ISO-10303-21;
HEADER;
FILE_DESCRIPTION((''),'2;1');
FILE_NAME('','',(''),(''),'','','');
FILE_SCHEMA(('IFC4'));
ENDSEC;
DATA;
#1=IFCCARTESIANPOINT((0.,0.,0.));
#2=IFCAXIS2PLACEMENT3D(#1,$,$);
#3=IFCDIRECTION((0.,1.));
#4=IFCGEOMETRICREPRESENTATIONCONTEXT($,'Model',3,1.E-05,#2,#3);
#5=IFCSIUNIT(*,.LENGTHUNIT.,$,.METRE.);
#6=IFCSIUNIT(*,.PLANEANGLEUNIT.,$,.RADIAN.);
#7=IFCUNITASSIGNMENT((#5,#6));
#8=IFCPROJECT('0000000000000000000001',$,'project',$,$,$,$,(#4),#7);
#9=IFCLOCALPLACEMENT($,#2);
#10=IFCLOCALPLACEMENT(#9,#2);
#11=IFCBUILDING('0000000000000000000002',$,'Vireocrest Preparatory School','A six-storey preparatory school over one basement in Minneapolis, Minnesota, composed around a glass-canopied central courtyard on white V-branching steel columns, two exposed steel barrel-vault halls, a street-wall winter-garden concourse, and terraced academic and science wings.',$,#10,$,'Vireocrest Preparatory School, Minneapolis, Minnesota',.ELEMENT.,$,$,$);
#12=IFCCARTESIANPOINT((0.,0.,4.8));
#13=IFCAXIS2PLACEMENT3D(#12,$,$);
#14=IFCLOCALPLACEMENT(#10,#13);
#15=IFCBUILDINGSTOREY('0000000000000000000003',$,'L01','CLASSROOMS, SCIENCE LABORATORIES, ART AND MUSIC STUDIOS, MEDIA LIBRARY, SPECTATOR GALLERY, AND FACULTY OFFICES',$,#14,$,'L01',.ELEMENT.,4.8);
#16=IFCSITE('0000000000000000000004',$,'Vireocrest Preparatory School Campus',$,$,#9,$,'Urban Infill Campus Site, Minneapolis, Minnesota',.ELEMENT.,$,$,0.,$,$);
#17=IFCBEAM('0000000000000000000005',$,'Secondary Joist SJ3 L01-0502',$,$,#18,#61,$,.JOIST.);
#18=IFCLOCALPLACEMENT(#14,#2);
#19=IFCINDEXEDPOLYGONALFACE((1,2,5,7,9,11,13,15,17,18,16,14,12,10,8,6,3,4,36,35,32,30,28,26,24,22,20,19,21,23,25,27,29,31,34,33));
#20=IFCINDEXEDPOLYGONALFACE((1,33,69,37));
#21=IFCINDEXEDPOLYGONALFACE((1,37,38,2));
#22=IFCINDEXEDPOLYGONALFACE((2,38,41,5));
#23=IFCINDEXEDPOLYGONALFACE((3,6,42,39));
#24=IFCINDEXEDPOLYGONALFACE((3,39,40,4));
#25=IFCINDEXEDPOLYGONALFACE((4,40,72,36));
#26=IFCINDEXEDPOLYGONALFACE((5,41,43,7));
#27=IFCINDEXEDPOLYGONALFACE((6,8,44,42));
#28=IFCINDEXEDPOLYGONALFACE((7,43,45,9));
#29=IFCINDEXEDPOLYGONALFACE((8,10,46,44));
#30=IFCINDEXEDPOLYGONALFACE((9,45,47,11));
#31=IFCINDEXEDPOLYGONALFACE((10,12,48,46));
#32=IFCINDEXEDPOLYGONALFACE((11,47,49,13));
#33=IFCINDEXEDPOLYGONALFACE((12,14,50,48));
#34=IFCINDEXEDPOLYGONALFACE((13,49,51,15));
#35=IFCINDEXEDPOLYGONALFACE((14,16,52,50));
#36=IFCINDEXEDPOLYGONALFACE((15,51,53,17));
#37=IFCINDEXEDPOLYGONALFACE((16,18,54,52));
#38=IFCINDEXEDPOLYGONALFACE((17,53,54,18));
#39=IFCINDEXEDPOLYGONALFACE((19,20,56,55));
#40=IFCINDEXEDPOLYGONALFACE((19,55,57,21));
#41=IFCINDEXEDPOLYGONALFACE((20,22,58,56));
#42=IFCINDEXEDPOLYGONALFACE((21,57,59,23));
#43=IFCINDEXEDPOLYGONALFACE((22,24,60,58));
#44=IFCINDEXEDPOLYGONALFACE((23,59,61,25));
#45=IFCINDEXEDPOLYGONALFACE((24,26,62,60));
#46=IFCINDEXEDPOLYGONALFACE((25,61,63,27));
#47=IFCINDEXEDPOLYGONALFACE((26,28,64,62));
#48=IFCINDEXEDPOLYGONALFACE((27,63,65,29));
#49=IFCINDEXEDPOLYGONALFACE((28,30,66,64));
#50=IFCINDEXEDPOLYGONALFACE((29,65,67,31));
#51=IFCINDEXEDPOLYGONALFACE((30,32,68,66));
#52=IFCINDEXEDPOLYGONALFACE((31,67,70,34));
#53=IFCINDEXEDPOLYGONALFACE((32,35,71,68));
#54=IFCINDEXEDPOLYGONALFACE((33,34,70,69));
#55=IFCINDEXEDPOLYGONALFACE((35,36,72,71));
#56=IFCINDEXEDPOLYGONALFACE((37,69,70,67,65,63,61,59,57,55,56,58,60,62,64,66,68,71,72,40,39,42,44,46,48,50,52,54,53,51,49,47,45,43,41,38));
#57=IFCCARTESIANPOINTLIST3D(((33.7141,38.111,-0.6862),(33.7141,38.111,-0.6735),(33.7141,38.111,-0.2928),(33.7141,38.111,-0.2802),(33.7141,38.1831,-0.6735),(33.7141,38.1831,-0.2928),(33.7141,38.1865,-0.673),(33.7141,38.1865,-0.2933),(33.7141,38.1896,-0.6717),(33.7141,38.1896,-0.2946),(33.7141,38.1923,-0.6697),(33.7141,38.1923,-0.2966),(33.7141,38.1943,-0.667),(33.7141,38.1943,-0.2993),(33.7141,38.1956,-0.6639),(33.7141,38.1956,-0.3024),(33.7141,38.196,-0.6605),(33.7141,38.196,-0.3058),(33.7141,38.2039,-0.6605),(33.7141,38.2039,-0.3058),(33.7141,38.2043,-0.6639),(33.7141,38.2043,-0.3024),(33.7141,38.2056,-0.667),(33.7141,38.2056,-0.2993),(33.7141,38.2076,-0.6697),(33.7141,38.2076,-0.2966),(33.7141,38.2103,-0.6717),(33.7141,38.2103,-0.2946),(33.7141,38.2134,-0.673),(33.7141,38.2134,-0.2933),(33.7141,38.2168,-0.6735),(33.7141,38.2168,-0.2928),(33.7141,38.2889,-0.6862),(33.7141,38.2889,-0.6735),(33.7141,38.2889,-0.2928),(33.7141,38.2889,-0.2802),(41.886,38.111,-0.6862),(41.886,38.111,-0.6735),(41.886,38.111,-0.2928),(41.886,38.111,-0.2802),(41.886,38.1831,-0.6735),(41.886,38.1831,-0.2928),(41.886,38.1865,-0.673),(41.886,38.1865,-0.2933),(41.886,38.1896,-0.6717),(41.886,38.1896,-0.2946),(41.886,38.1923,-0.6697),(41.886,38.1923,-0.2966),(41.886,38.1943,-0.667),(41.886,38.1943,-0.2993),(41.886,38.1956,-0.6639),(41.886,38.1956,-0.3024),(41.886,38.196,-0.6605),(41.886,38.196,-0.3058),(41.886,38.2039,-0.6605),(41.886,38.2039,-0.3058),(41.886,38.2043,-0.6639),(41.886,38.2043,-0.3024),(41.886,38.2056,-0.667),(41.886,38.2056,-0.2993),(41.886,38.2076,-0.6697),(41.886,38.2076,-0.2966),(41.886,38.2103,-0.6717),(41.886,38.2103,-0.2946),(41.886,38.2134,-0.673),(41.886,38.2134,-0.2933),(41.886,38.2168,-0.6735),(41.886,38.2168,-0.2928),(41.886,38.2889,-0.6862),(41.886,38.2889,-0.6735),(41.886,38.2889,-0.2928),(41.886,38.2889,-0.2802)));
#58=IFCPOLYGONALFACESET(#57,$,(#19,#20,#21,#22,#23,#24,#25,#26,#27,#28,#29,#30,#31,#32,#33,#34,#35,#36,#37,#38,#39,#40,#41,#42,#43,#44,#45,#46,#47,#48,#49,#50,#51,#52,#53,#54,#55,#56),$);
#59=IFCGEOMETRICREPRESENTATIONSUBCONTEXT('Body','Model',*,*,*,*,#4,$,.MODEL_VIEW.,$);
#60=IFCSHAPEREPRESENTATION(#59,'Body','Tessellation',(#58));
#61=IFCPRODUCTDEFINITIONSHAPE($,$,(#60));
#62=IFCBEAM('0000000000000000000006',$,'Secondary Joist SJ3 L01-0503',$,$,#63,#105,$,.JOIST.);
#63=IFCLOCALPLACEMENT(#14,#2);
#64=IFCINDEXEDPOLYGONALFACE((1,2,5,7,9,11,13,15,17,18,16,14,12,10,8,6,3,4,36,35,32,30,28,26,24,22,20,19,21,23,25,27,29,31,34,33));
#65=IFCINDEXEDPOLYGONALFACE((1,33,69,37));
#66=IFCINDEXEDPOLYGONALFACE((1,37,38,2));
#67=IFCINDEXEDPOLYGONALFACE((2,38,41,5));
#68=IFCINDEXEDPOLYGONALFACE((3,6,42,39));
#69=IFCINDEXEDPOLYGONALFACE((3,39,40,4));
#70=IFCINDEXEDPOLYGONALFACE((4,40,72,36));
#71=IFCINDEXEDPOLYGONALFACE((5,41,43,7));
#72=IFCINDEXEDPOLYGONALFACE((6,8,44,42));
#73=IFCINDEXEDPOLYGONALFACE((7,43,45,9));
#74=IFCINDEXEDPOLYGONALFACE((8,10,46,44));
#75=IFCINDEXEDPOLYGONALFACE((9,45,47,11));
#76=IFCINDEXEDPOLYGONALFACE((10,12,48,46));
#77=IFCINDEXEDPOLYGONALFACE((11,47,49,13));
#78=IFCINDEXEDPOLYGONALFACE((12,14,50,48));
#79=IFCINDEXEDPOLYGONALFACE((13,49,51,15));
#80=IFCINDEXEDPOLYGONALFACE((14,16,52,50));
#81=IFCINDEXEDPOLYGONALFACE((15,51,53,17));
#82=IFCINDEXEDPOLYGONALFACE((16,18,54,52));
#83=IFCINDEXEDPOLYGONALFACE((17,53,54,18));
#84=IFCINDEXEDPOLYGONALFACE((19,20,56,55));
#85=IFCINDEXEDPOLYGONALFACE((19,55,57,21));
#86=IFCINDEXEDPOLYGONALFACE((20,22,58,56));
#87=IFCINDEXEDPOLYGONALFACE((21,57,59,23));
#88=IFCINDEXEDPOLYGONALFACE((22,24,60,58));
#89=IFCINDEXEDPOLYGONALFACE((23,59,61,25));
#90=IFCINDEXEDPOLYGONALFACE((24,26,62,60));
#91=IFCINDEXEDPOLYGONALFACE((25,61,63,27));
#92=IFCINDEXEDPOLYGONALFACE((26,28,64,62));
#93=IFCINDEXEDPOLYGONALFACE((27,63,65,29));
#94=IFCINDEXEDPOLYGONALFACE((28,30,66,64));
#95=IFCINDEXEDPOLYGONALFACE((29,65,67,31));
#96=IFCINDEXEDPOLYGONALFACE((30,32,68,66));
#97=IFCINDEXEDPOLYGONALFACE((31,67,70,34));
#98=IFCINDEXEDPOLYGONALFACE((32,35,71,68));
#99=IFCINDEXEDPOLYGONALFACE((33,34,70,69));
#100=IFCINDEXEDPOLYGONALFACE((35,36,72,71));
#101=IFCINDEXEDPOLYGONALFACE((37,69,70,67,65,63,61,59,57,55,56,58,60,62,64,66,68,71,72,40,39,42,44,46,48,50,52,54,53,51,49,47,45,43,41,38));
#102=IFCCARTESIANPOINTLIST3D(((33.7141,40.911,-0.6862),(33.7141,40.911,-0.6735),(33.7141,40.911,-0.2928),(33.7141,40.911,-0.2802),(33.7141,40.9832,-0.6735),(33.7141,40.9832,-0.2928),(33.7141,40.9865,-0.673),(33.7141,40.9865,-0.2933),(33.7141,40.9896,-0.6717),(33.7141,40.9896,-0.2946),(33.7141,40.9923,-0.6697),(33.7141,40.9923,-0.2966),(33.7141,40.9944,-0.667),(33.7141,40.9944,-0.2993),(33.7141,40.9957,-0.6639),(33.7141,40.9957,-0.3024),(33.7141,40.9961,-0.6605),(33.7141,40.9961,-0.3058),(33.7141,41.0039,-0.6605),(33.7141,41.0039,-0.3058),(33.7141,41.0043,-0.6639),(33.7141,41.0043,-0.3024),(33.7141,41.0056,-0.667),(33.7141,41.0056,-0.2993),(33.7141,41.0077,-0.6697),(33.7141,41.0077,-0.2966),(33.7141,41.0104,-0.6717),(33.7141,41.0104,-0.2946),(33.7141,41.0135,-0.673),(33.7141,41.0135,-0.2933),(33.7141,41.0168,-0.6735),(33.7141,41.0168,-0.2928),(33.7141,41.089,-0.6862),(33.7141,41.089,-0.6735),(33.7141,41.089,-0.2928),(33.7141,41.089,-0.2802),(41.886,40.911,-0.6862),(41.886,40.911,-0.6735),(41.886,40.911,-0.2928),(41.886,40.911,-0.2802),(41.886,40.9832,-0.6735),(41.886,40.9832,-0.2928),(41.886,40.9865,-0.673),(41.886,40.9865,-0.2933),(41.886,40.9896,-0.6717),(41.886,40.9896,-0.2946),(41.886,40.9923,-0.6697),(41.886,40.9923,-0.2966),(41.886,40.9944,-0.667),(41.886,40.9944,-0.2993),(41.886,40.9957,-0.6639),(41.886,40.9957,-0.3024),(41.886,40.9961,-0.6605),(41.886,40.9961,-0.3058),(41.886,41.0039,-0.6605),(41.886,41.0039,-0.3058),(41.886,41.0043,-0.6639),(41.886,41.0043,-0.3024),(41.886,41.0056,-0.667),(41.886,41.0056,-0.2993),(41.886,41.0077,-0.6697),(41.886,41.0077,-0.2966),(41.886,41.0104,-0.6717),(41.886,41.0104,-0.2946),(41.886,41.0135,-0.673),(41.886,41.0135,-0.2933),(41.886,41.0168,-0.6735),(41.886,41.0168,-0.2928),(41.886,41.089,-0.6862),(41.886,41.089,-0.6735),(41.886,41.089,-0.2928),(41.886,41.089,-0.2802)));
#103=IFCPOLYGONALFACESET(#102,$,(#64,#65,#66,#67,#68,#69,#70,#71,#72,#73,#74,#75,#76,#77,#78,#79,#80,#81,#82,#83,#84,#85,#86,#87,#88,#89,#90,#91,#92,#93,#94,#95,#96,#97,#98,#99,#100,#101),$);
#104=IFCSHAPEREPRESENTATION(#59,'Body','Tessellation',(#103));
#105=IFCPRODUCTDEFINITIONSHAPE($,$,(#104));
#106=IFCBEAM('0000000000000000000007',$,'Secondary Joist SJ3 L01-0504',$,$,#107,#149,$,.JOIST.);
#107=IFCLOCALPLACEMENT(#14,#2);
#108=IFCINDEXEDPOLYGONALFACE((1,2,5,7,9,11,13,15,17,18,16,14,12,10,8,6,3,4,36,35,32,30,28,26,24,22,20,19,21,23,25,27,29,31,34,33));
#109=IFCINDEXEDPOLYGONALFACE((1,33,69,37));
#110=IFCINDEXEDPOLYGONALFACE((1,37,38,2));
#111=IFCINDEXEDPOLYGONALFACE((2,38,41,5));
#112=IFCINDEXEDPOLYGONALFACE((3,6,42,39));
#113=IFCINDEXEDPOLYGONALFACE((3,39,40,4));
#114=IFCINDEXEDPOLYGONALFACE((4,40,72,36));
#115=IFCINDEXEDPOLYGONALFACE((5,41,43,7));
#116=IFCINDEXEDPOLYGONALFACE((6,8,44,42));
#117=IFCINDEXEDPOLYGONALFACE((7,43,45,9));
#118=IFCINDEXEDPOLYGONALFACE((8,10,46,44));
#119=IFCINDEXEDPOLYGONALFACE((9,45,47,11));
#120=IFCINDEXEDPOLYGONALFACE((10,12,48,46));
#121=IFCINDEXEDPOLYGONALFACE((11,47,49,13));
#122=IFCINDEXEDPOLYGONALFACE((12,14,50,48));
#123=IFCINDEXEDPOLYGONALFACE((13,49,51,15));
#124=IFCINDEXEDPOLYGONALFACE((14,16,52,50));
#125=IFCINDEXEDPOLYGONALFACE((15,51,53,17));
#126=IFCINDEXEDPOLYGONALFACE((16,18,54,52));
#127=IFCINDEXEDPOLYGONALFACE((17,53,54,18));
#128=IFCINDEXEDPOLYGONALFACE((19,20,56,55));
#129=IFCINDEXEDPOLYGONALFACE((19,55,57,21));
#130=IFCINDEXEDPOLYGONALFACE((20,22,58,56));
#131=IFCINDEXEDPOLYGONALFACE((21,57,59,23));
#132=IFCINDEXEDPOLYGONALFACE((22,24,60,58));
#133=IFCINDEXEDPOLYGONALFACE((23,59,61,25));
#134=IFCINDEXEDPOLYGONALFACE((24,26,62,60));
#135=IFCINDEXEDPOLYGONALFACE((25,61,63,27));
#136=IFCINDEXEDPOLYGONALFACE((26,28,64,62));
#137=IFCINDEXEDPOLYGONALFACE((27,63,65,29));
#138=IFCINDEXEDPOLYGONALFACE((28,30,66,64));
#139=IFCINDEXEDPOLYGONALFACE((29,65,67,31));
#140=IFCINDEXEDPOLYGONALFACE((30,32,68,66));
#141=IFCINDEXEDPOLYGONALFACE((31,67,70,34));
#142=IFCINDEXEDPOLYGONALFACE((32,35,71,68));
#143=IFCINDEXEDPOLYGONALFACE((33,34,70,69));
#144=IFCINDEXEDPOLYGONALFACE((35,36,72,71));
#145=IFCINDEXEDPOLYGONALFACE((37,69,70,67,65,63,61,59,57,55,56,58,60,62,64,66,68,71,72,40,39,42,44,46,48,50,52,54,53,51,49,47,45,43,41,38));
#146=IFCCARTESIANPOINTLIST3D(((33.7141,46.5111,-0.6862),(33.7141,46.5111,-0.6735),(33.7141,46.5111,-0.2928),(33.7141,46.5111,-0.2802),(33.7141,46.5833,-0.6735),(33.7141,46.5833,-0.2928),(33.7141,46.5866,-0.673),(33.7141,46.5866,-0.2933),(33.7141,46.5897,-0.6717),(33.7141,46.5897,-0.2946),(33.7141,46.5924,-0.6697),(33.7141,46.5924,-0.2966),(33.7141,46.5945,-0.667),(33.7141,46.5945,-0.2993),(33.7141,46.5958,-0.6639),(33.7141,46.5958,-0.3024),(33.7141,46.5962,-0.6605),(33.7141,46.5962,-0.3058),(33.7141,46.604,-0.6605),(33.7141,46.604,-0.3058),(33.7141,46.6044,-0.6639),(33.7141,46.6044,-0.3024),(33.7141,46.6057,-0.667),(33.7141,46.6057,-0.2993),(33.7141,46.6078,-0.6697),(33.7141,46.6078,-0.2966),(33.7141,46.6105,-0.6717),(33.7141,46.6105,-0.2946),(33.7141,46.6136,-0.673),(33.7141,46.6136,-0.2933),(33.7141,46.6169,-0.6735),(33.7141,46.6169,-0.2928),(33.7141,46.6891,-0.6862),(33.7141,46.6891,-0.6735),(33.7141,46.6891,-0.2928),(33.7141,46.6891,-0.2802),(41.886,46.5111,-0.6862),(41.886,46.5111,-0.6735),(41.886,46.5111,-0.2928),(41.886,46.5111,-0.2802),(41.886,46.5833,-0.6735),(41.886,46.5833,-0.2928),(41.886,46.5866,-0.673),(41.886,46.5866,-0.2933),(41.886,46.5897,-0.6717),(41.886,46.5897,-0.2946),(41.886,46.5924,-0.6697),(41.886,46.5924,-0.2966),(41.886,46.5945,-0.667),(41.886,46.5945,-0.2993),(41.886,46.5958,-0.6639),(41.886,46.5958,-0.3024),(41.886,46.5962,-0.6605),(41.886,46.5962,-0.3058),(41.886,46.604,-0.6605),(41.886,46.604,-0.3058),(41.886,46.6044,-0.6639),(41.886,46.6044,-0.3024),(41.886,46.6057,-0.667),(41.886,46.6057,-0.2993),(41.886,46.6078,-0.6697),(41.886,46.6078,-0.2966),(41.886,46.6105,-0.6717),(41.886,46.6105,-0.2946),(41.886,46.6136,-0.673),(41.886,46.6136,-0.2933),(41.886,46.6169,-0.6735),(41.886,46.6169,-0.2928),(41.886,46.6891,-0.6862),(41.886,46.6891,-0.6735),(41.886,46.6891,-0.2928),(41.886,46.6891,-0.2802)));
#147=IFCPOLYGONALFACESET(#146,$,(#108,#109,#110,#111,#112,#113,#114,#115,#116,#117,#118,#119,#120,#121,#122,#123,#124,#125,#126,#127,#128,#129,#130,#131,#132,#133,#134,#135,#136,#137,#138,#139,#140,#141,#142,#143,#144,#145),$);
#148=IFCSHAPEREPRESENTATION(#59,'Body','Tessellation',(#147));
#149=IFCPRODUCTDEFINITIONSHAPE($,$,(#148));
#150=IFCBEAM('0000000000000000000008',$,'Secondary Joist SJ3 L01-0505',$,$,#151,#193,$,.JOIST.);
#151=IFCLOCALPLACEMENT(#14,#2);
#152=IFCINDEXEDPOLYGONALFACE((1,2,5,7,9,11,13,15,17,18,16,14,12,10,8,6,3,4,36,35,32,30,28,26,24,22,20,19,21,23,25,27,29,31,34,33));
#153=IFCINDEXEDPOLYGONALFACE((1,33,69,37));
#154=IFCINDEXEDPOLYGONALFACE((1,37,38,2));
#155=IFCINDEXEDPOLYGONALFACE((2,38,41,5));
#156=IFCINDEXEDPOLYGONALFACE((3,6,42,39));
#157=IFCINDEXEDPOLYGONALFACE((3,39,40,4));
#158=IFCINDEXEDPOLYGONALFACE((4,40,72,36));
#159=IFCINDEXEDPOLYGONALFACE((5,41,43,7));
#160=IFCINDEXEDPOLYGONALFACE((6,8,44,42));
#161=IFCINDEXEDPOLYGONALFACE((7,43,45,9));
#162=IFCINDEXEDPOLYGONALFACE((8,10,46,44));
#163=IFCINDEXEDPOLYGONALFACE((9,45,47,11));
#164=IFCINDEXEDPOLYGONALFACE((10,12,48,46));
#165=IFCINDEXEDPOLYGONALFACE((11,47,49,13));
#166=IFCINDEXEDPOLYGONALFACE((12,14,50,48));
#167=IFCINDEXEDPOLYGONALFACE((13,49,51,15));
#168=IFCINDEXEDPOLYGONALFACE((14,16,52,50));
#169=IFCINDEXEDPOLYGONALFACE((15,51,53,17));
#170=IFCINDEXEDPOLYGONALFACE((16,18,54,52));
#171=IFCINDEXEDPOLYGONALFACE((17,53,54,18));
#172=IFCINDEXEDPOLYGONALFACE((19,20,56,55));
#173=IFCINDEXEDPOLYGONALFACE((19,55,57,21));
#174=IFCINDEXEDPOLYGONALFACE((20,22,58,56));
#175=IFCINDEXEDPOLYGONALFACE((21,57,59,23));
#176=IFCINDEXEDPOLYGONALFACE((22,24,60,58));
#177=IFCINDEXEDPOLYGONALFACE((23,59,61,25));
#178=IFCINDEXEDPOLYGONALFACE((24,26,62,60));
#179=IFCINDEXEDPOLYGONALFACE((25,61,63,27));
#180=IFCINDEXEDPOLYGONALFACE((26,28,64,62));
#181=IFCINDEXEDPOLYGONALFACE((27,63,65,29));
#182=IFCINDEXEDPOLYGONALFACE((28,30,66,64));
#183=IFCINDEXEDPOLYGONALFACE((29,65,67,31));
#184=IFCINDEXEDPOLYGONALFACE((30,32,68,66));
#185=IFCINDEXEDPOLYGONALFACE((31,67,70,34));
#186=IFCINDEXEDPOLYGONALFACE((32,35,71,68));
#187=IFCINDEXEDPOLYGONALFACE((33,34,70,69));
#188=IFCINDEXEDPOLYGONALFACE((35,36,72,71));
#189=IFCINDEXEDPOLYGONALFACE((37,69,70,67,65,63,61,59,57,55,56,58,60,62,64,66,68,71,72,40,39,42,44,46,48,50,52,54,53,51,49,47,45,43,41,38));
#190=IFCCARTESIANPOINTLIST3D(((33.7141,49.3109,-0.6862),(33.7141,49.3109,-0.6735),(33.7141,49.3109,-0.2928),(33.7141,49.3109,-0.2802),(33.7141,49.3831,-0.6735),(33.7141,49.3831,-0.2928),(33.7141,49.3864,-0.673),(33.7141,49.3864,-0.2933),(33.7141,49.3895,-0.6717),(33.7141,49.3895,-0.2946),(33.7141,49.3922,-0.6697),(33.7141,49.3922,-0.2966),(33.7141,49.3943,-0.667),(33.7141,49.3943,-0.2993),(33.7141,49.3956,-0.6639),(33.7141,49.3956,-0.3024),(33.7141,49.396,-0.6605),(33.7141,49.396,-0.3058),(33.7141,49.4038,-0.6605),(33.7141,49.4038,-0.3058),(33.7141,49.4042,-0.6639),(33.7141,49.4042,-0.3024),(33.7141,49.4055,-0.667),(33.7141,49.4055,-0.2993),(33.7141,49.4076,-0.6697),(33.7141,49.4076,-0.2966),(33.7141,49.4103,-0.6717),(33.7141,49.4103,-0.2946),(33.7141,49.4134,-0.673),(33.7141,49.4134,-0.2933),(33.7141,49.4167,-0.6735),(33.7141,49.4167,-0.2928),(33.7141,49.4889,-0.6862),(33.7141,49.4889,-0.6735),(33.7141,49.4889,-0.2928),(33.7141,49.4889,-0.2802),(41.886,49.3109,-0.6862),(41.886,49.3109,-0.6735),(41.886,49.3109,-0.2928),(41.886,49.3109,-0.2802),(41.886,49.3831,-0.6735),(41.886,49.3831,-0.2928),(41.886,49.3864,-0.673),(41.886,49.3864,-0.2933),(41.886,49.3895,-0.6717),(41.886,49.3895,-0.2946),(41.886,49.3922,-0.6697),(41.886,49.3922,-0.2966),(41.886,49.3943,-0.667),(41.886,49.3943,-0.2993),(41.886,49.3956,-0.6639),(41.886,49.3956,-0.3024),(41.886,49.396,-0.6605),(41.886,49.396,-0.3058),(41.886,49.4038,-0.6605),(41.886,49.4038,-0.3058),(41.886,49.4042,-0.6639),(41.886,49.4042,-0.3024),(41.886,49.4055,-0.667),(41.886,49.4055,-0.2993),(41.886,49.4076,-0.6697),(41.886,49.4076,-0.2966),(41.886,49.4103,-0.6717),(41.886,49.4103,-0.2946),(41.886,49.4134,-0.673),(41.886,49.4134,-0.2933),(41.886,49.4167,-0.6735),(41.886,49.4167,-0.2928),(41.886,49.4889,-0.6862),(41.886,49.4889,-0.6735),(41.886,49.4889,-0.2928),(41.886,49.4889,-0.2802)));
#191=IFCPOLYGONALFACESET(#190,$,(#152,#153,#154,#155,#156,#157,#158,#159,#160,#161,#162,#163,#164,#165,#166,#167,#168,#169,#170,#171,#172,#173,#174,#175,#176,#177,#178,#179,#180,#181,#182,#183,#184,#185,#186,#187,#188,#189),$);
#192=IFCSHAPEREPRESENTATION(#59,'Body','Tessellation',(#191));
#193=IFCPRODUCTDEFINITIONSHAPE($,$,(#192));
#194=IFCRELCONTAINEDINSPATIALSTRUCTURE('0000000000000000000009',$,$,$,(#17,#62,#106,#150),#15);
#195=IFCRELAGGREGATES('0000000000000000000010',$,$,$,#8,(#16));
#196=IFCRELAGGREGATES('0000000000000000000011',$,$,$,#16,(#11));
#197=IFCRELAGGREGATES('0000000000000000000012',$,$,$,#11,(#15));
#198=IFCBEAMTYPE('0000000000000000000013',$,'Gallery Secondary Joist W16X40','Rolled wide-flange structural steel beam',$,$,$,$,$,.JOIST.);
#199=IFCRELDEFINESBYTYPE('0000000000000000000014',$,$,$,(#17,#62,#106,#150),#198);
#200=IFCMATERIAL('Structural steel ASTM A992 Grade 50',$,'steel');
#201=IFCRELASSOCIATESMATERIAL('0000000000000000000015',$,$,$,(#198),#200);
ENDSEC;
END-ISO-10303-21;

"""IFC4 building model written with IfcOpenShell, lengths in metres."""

from ifc_helpers import new_model, si_unit, direction, frame, origin, origin_2d, place, context, subcontext, project, spatial, i_section, extrude, material, material_profile, profile_set, type_object, element, save


model = new_model("IFC4")

# Units and contexts
model_context = context("Model", 3, precision=1e-05, world=origin(), true_north=direction((0.0, 1.0)))
body_context = subcontext(model_context, "Body", "Model", "MODEL_VIEW")
ifc_project = project(units=[si_unit("LENGTHUNIT", "METRE"), si_unit("PLANEANGLEUNIT", "RADIAN")], contexts=[model_context])

# Site, building, storey
site_placement = place(None, origin())
site = spatial("IfcSite", under=ifc_project, at=site_placement, Name="Vireocrest Preparatory School Campus", LongName="Urban Infill Campus Site, Minneapolis, Minnesota", CompositionType="ELEMENT", RefElevation=0.0)
building_placement = place(site_placement, origin())
building = spatial("IfcBuilding", under=site, at=building_placement, Name="Vireocrest Preparatory School", Description="A six-storey preparatory school over one basement in Minneapolis, Minnesota, composed around a glass-canopied central courtyard on white V-branching steel columns, two exposed steel barrel-vault halls, a street-wall winter-garden concourse, and terraced academic and science wings.", LongName="Vireocrest Preparatory School, Minneapolis, Minnesota", CompositionType="ELEMENT")
storey_placement = place(building_placement, frame((0.0, 0.0, 4.8)))
storey = spatial("IfcBuildingStorey", under=building, at=storey_placement, Name="L01", Description="CLASSROOMS, SCIENCE LABORATORIES, ART AND MUSIC STUDIOS, MEDIA LIBRARY, SPECTATOR GALLERY, AND FACULTY OFFICES", LongName="L01", CompositionType="ELEMENT", Elevation=4.8)

# Beams
ifc_material_1 = material(Name="Structural steel ASTM A992 Grade 50", Category="steel")
ifc_material_profile_1 = material_profile(ifc_material_1, i_section(OverallWidth=0.178, OverallDepth=0.406, WebThickness=0.0078, FlangeThickness=0.0127, FilletRadius=0.0129, at=origin_2d()), Name="W16X40")
ifc_profile_set_1 = profile_set([ifc_material_profile_1], Name="Structural steel ASTM A992 Grade 50")
beam_type_1 = type_object("IfcBeamType", Name="Gallery Secondary Joist W16X40", Description="Rolled wide-flange structural steel beam", PredefinedType="JOIST", material=ifc_profile_set_1)
for number, where, z_axis, x_axis, name in (
    (1, (33.7141, 38.2, -0.4832), (1.0, 0.0, 0.0), (0.0, 1.0, 0.0), "Secondary Joist SJ3 L01-0502"),
    (2, (33.7141, 41.0, -0.4832), (1.0, 0.0, 0.0), (0.0, 1.0, 0.0), "Secondary Joist SJ3 L01-0503"),
    (3, (33.7141, 46.6001, -0.4832), (1.0, 0.0, 0.0), (0.0, 1.0, 0.0), "Secondary Joist SJ3 L01-0504"),
    (4, (33.7141, 49.3999, -0.4832), (1.0, 0.0, 0.0), (0.0, 1.0, 0.0), "Secondary Joist SJ3 L01-0505"),
):
    element("IfcBeam", number, at=place(storey_placement, frame(where, z_axis=z_axis, x_axis=x_axis)), inside=storey, type_object=beam_type_1, Name=name, PredefinedType="JOIST", context=body_context, shape_type="SweptSolid", body=[
        extrude(i_section(OverallWidth=0.178, OverallDepth=0.406, WebThickness=0.0078, FlangeThickness=0.0127, FilletRadius=0.0129, at=origin_2d()), origin(), (0.0, 0.0, 1.0), 8.1719),
    ])

save(model, "model.ifc")
